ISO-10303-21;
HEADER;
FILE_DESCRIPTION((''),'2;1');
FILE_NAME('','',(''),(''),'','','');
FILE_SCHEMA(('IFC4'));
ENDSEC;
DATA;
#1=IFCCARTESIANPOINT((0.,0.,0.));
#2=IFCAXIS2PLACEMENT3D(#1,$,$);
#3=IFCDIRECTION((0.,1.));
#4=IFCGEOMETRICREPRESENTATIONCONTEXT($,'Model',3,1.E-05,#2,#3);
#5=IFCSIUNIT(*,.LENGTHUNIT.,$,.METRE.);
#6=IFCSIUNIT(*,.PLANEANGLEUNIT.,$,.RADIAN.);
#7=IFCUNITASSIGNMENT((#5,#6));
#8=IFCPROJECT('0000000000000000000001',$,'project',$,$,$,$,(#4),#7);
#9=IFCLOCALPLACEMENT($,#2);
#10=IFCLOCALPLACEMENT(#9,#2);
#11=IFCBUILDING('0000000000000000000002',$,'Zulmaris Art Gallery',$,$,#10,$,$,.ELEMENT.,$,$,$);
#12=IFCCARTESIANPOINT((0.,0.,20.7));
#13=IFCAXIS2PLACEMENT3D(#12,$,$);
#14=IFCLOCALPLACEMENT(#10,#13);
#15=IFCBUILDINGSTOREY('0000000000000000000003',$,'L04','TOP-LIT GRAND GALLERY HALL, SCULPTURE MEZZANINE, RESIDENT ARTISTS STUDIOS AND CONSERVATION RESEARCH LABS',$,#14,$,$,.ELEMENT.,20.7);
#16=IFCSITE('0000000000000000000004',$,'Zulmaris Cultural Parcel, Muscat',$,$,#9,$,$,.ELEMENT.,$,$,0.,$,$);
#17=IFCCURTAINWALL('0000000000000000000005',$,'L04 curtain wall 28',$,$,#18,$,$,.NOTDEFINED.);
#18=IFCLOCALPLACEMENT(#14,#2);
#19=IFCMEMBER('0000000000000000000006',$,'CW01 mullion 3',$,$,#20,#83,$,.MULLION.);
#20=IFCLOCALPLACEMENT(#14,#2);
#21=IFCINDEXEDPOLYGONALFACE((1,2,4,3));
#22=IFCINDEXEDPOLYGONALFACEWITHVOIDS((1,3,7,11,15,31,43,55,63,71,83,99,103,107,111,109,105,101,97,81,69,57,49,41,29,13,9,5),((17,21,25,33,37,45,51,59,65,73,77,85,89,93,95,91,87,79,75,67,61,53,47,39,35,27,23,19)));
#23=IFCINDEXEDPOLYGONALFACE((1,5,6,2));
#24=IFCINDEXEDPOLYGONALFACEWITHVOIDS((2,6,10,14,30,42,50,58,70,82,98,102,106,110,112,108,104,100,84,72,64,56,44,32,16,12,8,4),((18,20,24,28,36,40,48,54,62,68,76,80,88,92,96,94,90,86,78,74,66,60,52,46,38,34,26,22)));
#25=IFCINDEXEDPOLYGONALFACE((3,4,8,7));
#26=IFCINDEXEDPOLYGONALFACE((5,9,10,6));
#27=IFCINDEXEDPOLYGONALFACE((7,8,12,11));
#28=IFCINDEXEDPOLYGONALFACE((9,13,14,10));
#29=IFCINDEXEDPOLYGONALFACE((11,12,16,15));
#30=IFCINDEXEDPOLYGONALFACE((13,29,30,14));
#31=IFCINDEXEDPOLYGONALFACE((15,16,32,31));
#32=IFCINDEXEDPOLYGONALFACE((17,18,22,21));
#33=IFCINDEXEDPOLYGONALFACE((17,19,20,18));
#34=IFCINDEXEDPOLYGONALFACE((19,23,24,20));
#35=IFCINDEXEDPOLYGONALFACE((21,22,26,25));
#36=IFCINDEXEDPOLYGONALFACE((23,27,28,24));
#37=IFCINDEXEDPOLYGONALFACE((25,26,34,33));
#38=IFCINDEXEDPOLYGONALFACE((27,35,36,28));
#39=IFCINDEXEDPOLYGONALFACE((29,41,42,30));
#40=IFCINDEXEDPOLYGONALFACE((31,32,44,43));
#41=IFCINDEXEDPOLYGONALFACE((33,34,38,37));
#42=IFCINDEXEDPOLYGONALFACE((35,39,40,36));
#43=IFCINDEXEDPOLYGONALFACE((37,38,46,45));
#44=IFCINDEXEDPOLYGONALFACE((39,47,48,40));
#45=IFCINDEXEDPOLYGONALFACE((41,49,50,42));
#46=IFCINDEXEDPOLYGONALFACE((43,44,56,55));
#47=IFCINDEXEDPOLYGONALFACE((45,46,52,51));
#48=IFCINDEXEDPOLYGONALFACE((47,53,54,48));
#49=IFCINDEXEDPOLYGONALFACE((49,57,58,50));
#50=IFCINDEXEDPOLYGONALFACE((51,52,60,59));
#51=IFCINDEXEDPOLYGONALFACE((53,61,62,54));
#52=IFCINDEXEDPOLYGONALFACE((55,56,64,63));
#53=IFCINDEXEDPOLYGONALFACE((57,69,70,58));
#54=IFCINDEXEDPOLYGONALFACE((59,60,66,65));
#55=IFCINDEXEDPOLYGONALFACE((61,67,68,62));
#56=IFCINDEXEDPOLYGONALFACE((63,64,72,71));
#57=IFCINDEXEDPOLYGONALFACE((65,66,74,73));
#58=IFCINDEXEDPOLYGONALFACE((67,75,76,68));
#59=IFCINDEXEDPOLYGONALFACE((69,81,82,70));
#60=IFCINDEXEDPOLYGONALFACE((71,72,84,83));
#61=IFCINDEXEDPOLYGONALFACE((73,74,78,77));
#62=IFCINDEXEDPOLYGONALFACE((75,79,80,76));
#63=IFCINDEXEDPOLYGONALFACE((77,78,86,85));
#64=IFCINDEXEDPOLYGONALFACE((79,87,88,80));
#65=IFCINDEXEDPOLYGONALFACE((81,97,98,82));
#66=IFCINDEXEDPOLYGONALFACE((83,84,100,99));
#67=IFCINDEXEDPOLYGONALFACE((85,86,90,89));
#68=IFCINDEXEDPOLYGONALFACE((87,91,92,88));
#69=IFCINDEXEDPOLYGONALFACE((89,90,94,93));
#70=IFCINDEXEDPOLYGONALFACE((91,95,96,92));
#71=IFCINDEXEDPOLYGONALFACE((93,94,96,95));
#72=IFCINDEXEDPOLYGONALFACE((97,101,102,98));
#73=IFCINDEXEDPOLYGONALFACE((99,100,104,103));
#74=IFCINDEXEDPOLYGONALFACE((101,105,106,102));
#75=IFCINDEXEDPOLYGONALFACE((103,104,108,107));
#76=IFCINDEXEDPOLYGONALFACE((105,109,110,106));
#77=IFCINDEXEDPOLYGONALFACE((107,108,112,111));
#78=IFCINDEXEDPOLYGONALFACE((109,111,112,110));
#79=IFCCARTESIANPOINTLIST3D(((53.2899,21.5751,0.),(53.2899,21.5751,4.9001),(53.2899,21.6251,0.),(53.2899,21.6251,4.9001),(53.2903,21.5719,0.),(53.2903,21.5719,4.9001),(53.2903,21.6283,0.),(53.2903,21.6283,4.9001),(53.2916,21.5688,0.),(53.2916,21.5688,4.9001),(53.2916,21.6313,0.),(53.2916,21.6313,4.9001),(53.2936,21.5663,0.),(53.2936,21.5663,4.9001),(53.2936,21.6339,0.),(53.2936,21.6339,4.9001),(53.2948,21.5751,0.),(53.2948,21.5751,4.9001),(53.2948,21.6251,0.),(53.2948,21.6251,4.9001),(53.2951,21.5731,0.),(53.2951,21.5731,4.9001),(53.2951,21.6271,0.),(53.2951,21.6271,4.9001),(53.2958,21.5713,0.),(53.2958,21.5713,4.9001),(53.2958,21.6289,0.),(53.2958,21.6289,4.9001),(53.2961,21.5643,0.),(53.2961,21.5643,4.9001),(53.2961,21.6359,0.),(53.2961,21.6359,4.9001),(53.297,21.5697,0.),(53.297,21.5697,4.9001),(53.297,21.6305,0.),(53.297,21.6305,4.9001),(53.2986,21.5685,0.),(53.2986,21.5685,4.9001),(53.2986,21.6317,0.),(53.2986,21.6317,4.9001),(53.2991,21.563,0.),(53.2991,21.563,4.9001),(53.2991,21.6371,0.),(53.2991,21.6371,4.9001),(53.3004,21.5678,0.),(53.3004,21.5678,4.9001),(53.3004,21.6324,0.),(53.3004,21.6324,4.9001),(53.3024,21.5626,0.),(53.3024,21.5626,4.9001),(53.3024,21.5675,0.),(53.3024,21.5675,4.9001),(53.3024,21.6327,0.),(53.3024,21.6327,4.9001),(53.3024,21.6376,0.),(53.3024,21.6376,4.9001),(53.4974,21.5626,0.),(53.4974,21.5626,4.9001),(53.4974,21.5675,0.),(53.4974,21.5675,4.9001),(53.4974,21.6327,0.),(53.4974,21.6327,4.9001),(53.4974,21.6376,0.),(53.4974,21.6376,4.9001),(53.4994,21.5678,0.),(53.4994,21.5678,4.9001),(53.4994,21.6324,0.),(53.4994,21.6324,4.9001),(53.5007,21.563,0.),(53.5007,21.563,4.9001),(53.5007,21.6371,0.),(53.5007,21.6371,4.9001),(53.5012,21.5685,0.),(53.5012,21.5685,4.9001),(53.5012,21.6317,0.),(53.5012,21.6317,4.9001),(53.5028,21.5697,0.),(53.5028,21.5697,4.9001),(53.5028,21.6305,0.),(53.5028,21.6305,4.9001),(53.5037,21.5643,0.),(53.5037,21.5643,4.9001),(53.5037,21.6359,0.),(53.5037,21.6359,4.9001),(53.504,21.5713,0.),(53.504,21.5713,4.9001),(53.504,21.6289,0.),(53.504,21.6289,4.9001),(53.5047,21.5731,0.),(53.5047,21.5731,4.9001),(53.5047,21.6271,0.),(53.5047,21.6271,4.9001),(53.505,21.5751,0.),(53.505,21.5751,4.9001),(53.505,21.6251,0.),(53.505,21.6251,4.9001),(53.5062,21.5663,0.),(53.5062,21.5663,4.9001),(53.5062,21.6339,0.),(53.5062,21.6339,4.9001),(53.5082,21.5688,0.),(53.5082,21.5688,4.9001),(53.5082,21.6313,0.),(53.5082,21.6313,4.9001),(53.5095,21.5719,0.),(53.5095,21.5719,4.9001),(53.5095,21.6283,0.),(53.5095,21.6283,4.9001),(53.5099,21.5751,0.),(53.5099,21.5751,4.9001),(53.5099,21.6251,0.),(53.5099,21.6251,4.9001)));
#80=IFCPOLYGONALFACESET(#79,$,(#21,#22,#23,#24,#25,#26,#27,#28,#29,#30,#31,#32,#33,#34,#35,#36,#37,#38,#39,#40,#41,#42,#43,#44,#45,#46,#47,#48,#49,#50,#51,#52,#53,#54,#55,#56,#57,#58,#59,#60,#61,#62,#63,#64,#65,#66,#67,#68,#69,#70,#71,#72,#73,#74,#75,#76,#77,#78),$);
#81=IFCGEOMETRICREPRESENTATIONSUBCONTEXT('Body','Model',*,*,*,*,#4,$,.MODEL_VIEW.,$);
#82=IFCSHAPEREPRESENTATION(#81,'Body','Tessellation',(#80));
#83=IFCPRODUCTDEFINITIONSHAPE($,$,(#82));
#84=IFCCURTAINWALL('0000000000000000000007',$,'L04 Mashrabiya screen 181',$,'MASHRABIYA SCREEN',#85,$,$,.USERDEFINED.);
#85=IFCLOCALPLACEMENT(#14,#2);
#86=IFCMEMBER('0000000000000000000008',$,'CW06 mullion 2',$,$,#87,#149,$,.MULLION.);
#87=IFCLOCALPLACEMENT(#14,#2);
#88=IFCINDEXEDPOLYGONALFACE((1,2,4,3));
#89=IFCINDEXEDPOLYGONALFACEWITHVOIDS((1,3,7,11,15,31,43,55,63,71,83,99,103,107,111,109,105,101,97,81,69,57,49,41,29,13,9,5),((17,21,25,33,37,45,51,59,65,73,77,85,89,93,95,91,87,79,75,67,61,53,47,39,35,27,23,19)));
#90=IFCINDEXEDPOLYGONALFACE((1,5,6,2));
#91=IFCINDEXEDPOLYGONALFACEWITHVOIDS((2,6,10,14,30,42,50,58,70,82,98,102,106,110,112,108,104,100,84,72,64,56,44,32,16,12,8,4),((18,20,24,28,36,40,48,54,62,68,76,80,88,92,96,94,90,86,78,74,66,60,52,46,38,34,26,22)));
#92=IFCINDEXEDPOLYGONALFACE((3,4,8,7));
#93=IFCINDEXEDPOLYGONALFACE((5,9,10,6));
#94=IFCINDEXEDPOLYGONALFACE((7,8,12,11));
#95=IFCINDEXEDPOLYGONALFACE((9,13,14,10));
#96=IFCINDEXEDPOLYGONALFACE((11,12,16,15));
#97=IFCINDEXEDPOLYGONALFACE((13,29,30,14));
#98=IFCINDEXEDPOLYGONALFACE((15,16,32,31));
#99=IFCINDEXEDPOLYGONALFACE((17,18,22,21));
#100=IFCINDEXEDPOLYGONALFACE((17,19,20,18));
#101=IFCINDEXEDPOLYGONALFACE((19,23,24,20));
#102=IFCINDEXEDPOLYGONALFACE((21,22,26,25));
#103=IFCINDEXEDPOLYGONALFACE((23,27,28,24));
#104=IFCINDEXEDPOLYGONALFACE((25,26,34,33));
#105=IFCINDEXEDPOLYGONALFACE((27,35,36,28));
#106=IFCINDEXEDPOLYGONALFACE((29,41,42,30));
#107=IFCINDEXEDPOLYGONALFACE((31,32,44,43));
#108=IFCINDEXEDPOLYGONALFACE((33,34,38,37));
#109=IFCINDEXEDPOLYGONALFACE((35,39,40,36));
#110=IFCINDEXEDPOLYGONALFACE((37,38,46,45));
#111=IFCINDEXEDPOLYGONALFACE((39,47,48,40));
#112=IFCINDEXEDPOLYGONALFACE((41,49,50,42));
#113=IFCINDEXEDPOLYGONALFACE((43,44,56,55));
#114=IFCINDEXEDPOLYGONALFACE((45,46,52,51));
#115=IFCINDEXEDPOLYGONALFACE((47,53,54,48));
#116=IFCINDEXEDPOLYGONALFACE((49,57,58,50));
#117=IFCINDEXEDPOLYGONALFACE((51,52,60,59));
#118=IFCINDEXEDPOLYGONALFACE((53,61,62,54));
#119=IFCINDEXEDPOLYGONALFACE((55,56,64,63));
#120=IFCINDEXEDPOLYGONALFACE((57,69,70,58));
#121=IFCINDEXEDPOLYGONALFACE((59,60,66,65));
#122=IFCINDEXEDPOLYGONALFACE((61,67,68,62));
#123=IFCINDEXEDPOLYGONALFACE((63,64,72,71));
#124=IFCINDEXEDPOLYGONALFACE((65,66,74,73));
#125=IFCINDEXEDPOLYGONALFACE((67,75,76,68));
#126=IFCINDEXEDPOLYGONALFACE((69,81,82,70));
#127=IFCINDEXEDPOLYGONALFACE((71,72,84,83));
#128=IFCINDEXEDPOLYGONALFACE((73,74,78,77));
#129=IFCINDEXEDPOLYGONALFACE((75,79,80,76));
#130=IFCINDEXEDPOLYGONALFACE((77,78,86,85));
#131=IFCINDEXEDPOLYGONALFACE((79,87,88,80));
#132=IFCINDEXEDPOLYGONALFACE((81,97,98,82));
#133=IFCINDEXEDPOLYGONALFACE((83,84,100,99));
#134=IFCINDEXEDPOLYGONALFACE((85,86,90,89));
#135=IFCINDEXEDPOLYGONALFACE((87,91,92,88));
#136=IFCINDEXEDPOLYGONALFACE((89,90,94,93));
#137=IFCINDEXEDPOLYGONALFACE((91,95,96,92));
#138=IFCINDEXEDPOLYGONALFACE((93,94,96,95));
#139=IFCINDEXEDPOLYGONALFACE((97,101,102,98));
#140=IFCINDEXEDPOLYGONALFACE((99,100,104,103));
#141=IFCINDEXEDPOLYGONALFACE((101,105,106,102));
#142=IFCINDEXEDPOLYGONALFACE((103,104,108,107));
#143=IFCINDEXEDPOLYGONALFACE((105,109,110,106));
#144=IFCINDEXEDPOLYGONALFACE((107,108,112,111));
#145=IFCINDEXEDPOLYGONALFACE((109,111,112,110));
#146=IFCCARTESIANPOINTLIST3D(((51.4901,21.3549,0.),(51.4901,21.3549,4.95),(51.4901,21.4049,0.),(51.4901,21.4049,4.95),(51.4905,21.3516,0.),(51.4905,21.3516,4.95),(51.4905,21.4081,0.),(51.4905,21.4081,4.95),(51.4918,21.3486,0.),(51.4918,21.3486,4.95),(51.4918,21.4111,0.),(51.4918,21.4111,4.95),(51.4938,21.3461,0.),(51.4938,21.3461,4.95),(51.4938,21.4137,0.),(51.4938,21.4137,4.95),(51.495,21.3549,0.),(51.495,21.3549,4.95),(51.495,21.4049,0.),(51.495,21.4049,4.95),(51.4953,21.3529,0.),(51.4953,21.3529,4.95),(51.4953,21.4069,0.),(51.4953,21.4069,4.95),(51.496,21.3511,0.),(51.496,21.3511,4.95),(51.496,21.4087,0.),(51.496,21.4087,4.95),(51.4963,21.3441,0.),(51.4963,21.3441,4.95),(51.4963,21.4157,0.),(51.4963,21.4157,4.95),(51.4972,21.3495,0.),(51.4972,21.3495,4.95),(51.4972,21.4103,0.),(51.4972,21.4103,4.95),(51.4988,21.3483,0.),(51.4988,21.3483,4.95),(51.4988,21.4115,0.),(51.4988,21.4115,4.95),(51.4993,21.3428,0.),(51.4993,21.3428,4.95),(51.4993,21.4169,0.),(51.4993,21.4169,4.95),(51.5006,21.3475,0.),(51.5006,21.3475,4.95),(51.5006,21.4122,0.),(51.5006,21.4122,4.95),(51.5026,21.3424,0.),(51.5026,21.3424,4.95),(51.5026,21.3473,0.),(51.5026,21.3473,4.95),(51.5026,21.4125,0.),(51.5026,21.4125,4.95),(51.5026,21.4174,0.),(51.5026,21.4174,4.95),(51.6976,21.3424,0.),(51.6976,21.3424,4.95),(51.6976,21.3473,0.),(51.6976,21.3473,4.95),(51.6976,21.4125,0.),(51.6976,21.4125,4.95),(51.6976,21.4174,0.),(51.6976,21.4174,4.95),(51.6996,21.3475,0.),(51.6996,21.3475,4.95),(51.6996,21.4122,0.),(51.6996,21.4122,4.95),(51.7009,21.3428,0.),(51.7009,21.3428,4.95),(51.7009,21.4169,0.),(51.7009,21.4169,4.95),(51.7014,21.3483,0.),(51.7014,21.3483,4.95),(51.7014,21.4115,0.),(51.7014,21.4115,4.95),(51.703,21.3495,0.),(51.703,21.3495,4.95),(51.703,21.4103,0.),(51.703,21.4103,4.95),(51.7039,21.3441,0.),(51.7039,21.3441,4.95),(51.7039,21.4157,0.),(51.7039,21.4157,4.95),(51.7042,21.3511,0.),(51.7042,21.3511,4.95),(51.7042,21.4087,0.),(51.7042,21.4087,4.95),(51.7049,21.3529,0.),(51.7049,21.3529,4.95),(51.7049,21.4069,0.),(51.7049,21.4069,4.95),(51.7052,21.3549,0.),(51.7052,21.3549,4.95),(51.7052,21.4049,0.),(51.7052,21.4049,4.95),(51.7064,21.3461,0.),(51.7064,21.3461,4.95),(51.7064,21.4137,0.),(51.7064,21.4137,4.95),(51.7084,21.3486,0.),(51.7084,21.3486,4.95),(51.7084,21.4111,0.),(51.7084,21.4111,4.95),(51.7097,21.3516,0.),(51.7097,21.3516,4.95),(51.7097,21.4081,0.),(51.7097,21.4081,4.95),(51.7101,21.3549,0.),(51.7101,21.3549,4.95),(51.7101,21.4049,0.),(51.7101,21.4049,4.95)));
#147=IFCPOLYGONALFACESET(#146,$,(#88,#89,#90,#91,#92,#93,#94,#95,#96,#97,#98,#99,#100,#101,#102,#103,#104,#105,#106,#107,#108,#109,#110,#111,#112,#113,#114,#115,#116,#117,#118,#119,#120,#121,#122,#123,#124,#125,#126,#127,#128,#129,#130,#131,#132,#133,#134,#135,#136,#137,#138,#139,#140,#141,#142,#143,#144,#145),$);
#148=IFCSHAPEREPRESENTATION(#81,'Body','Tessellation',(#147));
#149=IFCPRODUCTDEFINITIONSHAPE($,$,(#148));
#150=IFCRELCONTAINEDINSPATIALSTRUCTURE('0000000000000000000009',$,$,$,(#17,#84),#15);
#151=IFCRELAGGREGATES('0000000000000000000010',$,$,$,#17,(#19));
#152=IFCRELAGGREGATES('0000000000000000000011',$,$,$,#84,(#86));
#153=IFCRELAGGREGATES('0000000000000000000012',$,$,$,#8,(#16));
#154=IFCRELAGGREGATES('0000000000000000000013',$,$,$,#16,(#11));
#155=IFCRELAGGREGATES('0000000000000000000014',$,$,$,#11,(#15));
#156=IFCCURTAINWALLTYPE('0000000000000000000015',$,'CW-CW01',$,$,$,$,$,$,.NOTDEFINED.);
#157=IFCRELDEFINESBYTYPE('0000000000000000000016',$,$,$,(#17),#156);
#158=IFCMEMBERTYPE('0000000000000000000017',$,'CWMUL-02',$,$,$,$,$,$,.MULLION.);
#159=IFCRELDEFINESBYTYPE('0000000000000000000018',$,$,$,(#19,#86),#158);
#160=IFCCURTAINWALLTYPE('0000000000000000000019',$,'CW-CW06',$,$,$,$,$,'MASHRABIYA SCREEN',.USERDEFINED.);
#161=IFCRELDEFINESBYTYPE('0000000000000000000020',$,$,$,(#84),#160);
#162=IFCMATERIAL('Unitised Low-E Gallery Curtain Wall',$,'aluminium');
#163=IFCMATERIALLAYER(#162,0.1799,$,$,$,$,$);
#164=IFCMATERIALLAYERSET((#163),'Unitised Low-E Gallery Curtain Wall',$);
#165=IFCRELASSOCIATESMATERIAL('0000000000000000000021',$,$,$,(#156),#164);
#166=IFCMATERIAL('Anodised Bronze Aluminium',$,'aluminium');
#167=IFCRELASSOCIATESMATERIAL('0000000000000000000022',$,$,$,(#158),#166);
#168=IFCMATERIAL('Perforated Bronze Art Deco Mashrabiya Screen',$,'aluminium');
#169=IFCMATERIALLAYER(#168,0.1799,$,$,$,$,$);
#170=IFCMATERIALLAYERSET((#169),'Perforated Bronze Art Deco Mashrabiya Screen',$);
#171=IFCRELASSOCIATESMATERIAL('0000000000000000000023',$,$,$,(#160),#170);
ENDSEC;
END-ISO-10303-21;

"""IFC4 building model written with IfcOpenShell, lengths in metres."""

from ifc_helpers import new_model, si_unit, direction, frame, origin, origin_2d, place, context, subcontext, project, spatial, hollow_rectangle, extrude, material, layer, layer_set, material_profile, profile_set, type_object, element, aggregate, save


model = new_model("IFC4")

# Units and contexts
model_context = context("Model", 3, precision=1e-05, world=origin(), true_north=direction((0.0, 1.0)))
body_context = subcontext(model_context, "Body", "Model", "MODEL_VIEW")
ifc_project = project(units=[si_unit("LENGTHUNIT", "METRE"), si_unit("PLANEANGLEUNIT", "RADIAN")], contexts=[model_context])

# Site, building, storey
site_placement = place(None, origin())
site = spatial("IfcSite", under=ifc_project, at=site_placement, Name="Zulmaris Cultural Parcel, Muscat", CompositionType="ELEMENT", RefElevation=0.0)
building_placement = place(site_placement, origin())
building = spatial("IfcBuilding", under=site, at=building_placement, Name="Zulmaris Art Gallery", CompositionType="ELEMENT")
storey_placement = place(building_placement, frame((0.0, 0.0, 20.7)))
storey = spatial("IfcBuildingStorey", under=building, at=storey_placement, Name="L04", Description="TOP-LIT GRAND GALLERY HALL, SCULPTURE MEZZANINE, RESIDENT ARTISTS STUDIOS AND CONSERVATION RESEARCH LABS", CompositionType="ELEMENT", Elevation=20.7)

# Curtain wall, member
ifc_material_1 = material(Name="Unitised Low-E Gallery Curtain Wall", Category="aluminium")
ifc_layer_1 = layer(ifc_material_1, 0.1799)
ifc_layer_set_1 = layer_set([ifc_layer_1], Name="Unitised Low-E Gallery Curtain Wall")
curtain_wall_type_1 = type_object("IfcCurtainWallType", Name="CW-CW01", PredefinedType="NOTDEFINED", material=ifc_layer_set_1)
curtain_wall_1_placement = place(storey_placement, origin())
curtain_wall_1 = element("IfcCurtainWall", 1, at=curtain_wall_1_placement, inside=storey, type_object=curtain_wall_type_1, Name="L04 curtain wall 28", PredefinedType="NOTDEFINED")
ifc_material_2 = material(Name="Anodised Bronze Aluminium", Category="aluminium")
ifc_material_profile_1 = material_profile(ifc_material_2, hollow_rectangle(XDim=0.075, YDim=0.22, WallThickness=0.0049, InnerFilletRadius=0.0076, OuterFilletRadius=0.0125, at=origin_2d()), Name="ALU 75x220x5")
ifc_profile_set_1 = profile_set([ifc_material_profile_1], Name="Anodised Bronze Aluminium")
member_type_1 = type_object("IfcMemberType", Name="CWMUL-02", PredefinedType="MULLION", material=ifc_profile_set_1)
member_1_placement = place(storey_placement, frame((53.3999, 21.6001, 0.0), z_axis=(0.0, 0.0, 1.0), x_axis=(0.0, 1.0, 0.0)))
member_1 = element("IfcMember", 2, at=member_1_placement, type_object=member_type_1, Name="CW01 mullion 3", PredefinedType="MULLION", context=body_context, shape_type="SweptSolid", body=[
    extrude(hollow_rectangle(XDim=0.075, YDim=0.22, WallThickness=0.0049, InnerFilletRadius=0.0076, OuterFilletRadius=0.0125, at=origin_2d()), origin(), (0.0, 0.0, 1.0), 4.9001),
])

# Curtain wall, member
ifc_material_3 = material(Name="Perforated Bronze Art Deco Mashrabiya Screen", Category="aluminium")
ifc_layer_2 = layer(ifc_material_3, 0.1799)
ifc_layer_set_2 = layer_set([ifc_layer_2], Name="Perforated Bronze Art Deco Mashrabiya Screen")
curtain_wall_type_2 = type_object("IfcCurtainWallType", Name="CW-CW06", ElementType="MASHRABIYA SCREEN", PredefinedType="USERDEFINED", material=ifc_layer_set_2)
curtain_wall_2_placement = place(storey_placement, origin())
curtain_wall_2 = element("IfcCurtainWall", 3, at=curtain_wall_2_placement, inside=storey, type_object=curtain_wall_type_2, Name="L04 Mashrabiya screen 181", ObjectType="MASHRABIYA SCREEN", PredefinedType="USERDEFINED")
member_2_placement = place(storey_placement, frame((51.6001, 21.3799, 0.0), z_axis=(0.0, 0.0, 1.0), x_axis=(0.0, 1.0, 0.0)))
member_2 = element("IfcMember", 4, at=member_2_placement, type_object=member_type_1, Name="CW06 mullion 2", PredefinedType="MULLION", context=body_context, shape_type="SweptSolid", body=[
    extrude(hollow_rectangle(XDim=0.075, YDim=0.22, WallThickness=0.0049, InnerFilletRadius=0.0076, OuterFilletRadius=0.0125, at=origin_2d()), origin(), (0.0, 0.0, 1.0), 4.95),
])

aggregate(curtain_wall_1, [member_1])
aggregate(curtain_wall_2, [member_2])

save(model, "model.ifc")
